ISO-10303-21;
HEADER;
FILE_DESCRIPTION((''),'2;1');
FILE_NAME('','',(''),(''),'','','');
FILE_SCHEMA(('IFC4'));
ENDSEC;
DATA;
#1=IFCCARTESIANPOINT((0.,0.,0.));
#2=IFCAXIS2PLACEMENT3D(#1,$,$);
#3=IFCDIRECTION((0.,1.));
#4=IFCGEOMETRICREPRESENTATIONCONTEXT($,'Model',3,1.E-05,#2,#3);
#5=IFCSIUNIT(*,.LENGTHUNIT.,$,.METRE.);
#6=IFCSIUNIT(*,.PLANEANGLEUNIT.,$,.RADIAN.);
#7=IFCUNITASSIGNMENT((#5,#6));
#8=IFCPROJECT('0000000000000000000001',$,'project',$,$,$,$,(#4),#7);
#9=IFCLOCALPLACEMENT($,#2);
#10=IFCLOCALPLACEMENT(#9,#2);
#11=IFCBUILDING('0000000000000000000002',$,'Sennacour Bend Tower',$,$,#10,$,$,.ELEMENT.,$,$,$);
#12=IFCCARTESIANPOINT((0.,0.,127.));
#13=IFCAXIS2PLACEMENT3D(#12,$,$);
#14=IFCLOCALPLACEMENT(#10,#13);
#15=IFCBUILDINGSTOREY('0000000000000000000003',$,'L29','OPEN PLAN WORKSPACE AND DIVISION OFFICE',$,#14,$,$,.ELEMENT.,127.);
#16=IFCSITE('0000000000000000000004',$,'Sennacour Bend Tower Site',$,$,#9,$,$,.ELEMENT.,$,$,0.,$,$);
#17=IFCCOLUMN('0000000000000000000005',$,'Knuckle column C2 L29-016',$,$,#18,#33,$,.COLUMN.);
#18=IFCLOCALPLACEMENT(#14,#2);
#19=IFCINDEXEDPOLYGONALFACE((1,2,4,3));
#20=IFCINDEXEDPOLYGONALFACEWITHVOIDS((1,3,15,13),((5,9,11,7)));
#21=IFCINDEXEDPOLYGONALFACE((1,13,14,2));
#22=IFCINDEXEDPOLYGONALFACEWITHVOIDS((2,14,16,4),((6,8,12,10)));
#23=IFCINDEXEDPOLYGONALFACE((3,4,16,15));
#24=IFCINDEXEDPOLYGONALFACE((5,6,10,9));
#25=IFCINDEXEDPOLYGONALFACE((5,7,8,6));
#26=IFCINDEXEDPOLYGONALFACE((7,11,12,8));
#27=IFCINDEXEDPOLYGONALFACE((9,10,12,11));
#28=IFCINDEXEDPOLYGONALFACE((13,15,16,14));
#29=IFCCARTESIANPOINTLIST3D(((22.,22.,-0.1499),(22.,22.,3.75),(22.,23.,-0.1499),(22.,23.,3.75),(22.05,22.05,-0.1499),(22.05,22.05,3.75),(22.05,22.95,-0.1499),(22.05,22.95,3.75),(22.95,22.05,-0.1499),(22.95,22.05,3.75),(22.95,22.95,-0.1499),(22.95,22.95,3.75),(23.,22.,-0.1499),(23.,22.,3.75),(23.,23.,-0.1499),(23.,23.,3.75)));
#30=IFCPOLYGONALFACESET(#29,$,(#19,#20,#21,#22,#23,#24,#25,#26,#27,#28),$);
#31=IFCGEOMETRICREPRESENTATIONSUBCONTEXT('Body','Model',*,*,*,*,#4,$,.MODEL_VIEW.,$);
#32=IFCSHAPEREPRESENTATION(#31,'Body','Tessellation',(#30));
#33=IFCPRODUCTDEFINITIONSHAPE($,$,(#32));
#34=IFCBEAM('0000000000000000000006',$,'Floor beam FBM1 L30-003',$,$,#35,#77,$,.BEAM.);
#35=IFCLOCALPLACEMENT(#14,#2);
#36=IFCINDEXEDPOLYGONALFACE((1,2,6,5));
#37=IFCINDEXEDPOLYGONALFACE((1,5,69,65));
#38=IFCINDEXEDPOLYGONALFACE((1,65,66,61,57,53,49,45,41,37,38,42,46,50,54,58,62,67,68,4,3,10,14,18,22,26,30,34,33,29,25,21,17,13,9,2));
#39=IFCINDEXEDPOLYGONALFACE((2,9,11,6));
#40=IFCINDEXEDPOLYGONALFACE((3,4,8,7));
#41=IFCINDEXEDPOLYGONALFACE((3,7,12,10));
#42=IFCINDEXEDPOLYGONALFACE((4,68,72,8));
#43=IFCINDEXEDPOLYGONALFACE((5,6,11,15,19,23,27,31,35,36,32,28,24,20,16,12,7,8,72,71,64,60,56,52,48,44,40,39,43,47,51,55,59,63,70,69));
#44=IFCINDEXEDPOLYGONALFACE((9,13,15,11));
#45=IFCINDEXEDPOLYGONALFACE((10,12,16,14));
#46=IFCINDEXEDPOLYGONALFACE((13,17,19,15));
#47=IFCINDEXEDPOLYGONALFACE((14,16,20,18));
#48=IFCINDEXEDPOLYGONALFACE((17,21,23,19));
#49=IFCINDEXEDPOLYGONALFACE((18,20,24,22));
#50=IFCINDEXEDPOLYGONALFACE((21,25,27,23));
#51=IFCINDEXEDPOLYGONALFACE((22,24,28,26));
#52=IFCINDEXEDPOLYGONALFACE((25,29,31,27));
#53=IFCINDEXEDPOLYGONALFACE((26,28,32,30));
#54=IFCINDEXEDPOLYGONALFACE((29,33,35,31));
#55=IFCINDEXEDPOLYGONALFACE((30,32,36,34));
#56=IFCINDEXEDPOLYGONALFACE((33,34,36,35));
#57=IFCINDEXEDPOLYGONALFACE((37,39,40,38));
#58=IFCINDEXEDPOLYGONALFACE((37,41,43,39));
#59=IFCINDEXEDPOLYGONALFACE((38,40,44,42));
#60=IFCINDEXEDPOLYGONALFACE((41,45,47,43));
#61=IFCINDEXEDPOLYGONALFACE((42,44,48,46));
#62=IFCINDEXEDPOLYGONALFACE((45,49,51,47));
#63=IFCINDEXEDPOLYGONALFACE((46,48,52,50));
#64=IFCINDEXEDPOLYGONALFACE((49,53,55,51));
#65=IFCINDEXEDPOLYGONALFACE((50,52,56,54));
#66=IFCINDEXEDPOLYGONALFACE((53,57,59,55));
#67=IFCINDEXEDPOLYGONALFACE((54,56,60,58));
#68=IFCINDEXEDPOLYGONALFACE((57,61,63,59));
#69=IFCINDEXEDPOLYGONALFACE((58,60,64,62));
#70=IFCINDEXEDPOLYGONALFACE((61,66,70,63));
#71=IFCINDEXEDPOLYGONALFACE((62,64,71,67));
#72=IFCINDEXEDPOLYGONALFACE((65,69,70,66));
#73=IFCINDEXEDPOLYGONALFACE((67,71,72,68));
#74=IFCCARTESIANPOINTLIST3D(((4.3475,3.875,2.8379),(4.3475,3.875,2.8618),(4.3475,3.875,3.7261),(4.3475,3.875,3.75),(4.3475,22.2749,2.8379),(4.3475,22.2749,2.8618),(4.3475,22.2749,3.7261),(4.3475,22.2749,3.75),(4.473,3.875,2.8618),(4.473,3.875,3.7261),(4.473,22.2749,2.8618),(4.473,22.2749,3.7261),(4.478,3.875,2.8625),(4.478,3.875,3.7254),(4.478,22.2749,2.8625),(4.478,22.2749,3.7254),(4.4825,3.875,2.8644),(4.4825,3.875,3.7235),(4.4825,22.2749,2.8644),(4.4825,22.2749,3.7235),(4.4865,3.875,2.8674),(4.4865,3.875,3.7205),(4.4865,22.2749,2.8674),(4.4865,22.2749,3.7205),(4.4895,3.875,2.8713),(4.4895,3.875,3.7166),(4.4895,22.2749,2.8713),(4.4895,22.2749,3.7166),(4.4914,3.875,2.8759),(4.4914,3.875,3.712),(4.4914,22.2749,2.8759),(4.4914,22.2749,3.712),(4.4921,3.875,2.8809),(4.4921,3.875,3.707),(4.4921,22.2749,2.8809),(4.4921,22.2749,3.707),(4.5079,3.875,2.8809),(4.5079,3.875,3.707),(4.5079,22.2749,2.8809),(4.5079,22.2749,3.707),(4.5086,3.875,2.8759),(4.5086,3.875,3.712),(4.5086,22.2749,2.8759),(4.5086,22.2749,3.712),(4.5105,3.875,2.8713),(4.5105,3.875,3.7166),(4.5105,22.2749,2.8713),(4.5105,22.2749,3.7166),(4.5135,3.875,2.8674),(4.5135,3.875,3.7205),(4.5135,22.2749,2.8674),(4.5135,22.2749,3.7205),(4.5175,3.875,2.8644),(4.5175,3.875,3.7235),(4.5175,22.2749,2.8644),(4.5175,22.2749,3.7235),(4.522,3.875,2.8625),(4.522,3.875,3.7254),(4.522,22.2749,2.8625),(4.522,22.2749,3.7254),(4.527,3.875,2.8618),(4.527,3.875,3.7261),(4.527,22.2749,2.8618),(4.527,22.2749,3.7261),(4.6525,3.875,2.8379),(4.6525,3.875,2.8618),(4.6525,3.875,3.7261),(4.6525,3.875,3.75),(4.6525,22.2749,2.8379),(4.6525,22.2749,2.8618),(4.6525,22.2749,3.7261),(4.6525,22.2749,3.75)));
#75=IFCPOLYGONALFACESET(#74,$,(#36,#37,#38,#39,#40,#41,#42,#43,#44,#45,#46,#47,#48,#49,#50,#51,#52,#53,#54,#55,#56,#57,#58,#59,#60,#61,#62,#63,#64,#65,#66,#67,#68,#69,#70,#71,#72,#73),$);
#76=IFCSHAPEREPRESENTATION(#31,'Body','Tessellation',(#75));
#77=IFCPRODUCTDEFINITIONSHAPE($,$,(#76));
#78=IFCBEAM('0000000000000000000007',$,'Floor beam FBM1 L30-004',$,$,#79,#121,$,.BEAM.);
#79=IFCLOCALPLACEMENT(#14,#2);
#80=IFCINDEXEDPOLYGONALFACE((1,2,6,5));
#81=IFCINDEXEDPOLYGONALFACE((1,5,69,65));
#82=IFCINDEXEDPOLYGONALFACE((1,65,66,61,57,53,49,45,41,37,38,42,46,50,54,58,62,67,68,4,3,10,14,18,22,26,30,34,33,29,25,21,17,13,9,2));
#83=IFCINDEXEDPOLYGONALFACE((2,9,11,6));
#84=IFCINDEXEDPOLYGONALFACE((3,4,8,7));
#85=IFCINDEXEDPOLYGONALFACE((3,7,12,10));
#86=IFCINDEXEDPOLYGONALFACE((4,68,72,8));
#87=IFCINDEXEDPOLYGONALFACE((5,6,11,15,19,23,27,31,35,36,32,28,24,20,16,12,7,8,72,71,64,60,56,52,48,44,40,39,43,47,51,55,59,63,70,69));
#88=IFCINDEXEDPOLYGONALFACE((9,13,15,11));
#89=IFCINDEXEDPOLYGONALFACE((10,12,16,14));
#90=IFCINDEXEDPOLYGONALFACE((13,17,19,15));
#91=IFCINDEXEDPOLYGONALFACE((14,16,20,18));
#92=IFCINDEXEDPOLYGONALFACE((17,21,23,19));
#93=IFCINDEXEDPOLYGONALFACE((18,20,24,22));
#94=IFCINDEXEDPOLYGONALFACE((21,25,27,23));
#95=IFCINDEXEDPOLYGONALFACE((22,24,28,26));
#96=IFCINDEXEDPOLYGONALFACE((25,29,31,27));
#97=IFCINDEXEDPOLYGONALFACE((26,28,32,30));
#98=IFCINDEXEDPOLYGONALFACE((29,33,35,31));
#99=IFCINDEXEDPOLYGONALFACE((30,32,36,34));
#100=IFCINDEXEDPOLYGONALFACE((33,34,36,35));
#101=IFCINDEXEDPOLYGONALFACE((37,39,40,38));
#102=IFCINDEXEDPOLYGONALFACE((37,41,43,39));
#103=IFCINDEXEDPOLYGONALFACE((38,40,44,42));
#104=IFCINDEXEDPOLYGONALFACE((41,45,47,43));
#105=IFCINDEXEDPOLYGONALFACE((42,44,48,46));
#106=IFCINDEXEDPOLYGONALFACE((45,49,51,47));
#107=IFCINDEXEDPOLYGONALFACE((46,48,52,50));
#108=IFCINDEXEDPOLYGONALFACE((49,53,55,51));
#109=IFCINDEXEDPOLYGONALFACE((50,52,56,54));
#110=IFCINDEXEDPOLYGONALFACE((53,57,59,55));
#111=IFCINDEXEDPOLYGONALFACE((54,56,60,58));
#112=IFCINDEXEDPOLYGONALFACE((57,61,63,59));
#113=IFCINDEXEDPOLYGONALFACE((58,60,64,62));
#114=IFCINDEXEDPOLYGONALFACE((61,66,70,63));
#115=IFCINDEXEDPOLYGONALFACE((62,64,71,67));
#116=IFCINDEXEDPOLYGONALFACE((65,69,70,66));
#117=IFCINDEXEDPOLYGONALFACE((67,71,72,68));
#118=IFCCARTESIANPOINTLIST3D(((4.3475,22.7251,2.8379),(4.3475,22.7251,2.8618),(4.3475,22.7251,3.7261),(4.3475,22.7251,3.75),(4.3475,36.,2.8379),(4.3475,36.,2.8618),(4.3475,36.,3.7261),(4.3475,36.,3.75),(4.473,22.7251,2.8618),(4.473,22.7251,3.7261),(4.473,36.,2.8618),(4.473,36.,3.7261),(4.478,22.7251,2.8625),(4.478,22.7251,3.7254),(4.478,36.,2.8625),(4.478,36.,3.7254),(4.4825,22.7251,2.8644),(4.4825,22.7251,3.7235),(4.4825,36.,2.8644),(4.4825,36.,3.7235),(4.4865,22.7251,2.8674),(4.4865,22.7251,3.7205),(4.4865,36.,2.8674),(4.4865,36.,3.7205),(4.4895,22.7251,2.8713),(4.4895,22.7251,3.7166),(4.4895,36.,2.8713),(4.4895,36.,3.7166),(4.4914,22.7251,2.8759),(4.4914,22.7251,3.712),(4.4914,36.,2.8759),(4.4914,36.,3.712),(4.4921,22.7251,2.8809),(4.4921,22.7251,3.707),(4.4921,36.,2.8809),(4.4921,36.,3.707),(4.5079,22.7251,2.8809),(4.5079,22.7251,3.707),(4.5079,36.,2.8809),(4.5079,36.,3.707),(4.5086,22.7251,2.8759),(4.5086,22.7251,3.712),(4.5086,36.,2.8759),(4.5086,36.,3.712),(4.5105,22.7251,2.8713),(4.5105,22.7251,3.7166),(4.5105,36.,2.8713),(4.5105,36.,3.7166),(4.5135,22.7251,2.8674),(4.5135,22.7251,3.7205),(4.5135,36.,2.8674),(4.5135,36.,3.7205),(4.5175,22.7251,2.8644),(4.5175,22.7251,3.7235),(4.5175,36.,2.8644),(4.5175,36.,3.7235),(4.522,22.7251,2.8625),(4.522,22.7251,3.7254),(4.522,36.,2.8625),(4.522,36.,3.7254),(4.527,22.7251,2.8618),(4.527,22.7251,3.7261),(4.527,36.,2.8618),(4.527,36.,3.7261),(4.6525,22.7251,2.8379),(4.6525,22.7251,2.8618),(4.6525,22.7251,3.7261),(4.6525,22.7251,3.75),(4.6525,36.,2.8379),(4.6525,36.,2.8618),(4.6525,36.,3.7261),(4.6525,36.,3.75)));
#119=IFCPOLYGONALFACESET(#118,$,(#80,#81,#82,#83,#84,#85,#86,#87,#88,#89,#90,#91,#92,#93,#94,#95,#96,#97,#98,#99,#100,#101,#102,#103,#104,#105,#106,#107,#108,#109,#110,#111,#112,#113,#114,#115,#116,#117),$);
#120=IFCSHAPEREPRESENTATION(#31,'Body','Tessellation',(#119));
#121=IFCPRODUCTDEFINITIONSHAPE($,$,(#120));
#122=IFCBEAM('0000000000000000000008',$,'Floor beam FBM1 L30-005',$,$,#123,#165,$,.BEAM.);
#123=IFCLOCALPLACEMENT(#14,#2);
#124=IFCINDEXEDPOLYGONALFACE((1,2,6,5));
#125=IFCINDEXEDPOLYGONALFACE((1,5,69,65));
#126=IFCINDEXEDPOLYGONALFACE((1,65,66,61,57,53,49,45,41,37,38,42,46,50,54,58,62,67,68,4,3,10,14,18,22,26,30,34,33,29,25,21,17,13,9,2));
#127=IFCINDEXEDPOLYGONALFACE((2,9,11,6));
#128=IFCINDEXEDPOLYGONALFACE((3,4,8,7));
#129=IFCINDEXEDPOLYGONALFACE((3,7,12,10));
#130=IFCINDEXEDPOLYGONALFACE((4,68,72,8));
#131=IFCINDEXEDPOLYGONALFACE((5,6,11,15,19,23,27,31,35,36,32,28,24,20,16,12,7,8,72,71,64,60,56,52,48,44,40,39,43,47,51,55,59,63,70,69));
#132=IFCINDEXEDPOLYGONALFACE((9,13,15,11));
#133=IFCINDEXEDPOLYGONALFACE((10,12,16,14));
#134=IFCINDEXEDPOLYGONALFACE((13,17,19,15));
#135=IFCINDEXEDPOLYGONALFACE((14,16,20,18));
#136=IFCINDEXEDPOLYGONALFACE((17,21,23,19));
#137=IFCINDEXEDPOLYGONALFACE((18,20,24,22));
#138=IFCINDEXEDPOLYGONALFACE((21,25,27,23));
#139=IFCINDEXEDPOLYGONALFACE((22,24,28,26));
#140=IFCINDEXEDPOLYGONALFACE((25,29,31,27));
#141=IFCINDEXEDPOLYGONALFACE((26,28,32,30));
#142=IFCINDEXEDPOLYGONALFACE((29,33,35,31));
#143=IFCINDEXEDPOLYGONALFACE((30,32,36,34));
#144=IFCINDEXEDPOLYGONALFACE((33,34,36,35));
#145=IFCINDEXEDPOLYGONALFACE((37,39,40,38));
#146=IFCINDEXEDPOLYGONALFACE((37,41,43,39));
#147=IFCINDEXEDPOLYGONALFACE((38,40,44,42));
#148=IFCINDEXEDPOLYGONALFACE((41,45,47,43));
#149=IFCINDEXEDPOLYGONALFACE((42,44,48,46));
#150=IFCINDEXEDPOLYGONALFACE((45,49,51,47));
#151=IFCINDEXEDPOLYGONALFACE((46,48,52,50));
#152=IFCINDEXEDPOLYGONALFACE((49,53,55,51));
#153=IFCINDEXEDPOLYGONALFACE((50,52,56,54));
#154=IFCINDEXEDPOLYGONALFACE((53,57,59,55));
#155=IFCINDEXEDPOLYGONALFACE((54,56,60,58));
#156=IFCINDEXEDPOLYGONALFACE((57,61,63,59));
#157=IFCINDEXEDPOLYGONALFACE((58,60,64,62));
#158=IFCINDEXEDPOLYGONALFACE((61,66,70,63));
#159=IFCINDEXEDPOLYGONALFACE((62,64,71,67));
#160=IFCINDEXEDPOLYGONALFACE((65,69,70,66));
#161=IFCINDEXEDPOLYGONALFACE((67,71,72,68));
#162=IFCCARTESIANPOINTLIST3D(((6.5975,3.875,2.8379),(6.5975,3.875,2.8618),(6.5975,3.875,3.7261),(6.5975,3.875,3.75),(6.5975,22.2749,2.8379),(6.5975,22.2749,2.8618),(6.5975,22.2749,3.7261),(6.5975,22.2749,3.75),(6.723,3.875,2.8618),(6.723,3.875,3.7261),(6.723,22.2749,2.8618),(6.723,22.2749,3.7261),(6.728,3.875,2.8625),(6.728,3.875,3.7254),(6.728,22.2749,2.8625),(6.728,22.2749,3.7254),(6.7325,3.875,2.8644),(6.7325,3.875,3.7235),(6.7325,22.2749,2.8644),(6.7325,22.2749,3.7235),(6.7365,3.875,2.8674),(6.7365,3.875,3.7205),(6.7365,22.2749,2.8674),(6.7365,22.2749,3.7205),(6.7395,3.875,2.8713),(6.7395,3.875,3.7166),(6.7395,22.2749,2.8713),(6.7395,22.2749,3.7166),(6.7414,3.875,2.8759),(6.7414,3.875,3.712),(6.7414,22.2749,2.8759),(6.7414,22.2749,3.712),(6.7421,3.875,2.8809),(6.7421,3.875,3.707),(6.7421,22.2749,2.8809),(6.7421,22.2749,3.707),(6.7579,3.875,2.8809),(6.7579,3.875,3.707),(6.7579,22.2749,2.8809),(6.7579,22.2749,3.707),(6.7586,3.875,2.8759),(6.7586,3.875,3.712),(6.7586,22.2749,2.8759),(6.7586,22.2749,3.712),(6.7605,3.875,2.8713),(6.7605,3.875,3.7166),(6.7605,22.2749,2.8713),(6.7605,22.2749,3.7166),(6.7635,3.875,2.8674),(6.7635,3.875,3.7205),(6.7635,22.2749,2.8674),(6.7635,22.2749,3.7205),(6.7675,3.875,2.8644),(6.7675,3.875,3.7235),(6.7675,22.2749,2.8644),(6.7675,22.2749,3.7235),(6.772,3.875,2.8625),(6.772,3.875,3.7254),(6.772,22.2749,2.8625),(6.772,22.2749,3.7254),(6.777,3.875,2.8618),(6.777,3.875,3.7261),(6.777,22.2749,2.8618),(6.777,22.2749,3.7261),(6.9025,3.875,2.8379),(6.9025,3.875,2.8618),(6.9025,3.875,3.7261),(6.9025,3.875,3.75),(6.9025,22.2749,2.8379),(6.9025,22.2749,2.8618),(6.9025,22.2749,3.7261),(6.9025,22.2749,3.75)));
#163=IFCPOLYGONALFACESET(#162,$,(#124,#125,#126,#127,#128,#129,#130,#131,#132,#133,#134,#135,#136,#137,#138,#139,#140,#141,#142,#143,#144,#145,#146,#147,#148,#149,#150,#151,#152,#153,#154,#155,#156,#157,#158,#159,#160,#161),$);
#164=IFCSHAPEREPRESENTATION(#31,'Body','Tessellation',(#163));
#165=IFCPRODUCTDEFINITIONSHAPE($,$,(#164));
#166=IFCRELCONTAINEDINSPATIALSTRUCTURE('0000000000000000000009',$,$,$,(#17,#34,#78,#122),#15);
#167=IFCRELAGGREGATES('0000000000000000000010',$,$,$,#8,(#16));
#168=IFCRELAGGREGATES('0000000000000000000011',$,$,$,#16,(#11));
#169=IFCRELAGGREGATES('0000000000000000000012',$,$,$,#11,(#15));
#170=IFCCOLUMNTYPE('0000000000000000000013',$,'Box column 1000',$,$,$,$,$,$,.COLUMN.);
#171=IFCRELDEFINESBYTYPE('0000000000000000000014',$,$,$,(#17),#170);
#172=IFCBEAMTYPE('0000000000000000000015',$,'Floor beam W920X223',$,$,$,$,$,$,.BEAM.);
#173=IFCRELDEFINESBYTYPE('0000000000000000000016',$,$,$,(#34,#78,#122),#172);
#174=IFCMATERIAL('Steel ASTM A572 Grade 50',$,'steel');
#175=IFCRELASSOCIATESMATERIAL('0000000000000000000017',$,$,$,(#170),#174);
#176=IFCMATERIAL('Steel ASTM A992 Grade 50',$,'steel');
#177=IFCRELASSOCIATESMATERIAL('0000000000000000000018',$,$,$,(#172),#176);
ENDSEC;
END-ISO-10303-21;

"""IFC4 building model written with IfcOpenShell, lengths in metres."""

from ifc_helpers import new_model, si_unit, direction, frame, origin, origin_2d, place, context, subcontext, project, spatial, hollow_rectangle, i_section, extrude, material, material_profile, profile_set, type_object, element, save


model = new_model("IFC4")

# Units and contexts
model_context = context("Model", 3, precision=1e-05, world=origin(), true_north=direction((0.0, 1.0)))
body_context = subcontext(model_context, "Body", "Model", "MODEL_VIEW")
ifc_project = project(units=[si_unit("LENGTHUNIT", "METRE"), si_unit("PLANEANGLEUNIT", "RADIAN")], contexts=[model_context])

# Site, building, storey
site_placement = place(None, origin())
site = spatial("IfcSite", under=ifc_project, at=site_placement, Name="Sennacour Bend Tower Site", CompositionType="ELEMENT", RefElevation=0.0)
building_placement = place(site_placement, origin())
building = spatial("IfcBuilding", under=site, at=building_placement, Name="Sennacour Bend Tower", CompositionType="ELEMENT")
storey_placement = place(building_placement, frame((0.0, 0.0, 127.0)))
storey = spatial("IfcBuildingStorey", under=building, at=storey_placement, Name="L29", Description="OPEN PLAN WORKSPACE AND DIVISION OFFICE", CompositionType="ELEMENT", Elevation=127.0)

# Column
ifc_material_1 = material(Name="Steel ASTM A572 Grade 50", Category="steel")
ifc_material_profile_1 = material_profile(ifc_material_1, hollow_rectangle(XDim=1.0, YDim=1.0, WallThickness=0.05, at=origin_2d()), Name="Steel ASTM A572 Grade 50", Category="steel")
ifc_profile_set_1 = profile_set([ifc_material_profile_1], Name="Steel ASTM A572 Grade 50")
column_type = type_object("IfcColumnType", Name="Box column 1000", PredefinedType="COLUMN", material=ifc_profile_set_1)
column_placement = place(storey_placement, frame((22.5, 22.5, -0.1499), z_axis=(0.0, 0.0, 1.0), x_axis=(1.0, 0.0, 0.0)))
element("IfcColumn", 1, at=column_placement, inside=storey, type_object=column_type, Name="Knuckle column C2 L29-016", PredefinedType="COLUMN", context=body_context, shape_type="SweptSolid", body=[
    extrude(hollow_rectangle(XDim=1.0, YDim=1.0, WallThickness=0.05, at=origin_2d()), origin(), (0.0, 0.0, 1.0), 3.8999),
])

# Beams
ifc_material_2 = material(Name="Steel ASTM A992 Grade 50", Category="steel")
ifc_material_profile_2 = material_profile(ifc_material_2, i_section(OverallWidth=0.3049, OverallDepth=0.9121, WebThickness=0.0159, FlangeThickness=0.0239, FilletRadius=0.019, at=origin_2d()), Name="Steel ASTM A992 Grade 50", Category="steel")
ifc_profile_set_2 = profile_set([ifc_material_profile_2], Name="Steel ASTM A992 Grade 50")
beam_type = type_object("IfcBeamType", Name="Floor beam W920X223", PredefinedType="BEAM", material=ifc_profile_set_2)
beam_1_placement = place(storey_placement, frame((4.5, 3.875, 3.2939), z_axis=(0.0, 1.0, 0.0), x_axis=(-1.0, 0.0, 0.0)))
element("IfcBeam", 2, at=beam_1_placement, inside=storey, type_object=beam_type, Name="Floor beam FBM1 L30-003", PredefinedType="BEAM", context=body_context, shape_type="SweptSolid", body=[
    extrude(i_section(OverallWidth=0.3049, OverallDepth=0.9121, WebThickness=0.0159, FlangeThickness=0.0239, FilletRadius=0.019, at=origin_2d()), origin(), (0.0, 0.0, 1.0), 18.3999),
])
beam_2_placement = place(storey_placement, frame((4.5, 22.7251, 3.2939), z_axis=(0.0, 1.0, 0.0), x_axis=(-1.0, 0.0, 0.0)))
element("IfcBeam", 3, at=beam_2_placement, inside=storey, type_object=beam_type, Name="Floor beam FBM1 L30-004", PredefinedType="BEAM", context=body_context, shape_type="SweptSolid", body=[
    extrude(i_section(OverallWidth=0.3049, OverallDepth=0.9121, WebThickness=0.0159, FlangeThickness=0.0239, FilletRadius=0.019, at=origin_2d()), origin(), (0.0, 0.0, 1.0), 13.2749),
])
for number, where, z_axis, x_axis, name in (
    (4, (6.75, 3.875, 3.2939), (0.0, 1.0, 0.0), (-1.0, 0.0, 0.0), "Floor beam FBM1 L30-005"),
):
    element("IfcBeam", number, at=place(storey_placement, frame(where, z_axis=z_axis, x_axis=x_axis)), inside=storey, type_object=beam_type, Name=name, PredefinedType="BEAM", context=body_context, shape_type="SweptSolid", body=[
        extrude(i_section(OverallWidth=0.3049, OverallDepth=0.9121, WebThickness=0.0159, FlangeThickness=0.0239, FilletRadius=0.019, at=origin_2d()), origin(), (0.0, 0.0, 1.0), 18.3999),
    ])

save(model, "model.ifc")
